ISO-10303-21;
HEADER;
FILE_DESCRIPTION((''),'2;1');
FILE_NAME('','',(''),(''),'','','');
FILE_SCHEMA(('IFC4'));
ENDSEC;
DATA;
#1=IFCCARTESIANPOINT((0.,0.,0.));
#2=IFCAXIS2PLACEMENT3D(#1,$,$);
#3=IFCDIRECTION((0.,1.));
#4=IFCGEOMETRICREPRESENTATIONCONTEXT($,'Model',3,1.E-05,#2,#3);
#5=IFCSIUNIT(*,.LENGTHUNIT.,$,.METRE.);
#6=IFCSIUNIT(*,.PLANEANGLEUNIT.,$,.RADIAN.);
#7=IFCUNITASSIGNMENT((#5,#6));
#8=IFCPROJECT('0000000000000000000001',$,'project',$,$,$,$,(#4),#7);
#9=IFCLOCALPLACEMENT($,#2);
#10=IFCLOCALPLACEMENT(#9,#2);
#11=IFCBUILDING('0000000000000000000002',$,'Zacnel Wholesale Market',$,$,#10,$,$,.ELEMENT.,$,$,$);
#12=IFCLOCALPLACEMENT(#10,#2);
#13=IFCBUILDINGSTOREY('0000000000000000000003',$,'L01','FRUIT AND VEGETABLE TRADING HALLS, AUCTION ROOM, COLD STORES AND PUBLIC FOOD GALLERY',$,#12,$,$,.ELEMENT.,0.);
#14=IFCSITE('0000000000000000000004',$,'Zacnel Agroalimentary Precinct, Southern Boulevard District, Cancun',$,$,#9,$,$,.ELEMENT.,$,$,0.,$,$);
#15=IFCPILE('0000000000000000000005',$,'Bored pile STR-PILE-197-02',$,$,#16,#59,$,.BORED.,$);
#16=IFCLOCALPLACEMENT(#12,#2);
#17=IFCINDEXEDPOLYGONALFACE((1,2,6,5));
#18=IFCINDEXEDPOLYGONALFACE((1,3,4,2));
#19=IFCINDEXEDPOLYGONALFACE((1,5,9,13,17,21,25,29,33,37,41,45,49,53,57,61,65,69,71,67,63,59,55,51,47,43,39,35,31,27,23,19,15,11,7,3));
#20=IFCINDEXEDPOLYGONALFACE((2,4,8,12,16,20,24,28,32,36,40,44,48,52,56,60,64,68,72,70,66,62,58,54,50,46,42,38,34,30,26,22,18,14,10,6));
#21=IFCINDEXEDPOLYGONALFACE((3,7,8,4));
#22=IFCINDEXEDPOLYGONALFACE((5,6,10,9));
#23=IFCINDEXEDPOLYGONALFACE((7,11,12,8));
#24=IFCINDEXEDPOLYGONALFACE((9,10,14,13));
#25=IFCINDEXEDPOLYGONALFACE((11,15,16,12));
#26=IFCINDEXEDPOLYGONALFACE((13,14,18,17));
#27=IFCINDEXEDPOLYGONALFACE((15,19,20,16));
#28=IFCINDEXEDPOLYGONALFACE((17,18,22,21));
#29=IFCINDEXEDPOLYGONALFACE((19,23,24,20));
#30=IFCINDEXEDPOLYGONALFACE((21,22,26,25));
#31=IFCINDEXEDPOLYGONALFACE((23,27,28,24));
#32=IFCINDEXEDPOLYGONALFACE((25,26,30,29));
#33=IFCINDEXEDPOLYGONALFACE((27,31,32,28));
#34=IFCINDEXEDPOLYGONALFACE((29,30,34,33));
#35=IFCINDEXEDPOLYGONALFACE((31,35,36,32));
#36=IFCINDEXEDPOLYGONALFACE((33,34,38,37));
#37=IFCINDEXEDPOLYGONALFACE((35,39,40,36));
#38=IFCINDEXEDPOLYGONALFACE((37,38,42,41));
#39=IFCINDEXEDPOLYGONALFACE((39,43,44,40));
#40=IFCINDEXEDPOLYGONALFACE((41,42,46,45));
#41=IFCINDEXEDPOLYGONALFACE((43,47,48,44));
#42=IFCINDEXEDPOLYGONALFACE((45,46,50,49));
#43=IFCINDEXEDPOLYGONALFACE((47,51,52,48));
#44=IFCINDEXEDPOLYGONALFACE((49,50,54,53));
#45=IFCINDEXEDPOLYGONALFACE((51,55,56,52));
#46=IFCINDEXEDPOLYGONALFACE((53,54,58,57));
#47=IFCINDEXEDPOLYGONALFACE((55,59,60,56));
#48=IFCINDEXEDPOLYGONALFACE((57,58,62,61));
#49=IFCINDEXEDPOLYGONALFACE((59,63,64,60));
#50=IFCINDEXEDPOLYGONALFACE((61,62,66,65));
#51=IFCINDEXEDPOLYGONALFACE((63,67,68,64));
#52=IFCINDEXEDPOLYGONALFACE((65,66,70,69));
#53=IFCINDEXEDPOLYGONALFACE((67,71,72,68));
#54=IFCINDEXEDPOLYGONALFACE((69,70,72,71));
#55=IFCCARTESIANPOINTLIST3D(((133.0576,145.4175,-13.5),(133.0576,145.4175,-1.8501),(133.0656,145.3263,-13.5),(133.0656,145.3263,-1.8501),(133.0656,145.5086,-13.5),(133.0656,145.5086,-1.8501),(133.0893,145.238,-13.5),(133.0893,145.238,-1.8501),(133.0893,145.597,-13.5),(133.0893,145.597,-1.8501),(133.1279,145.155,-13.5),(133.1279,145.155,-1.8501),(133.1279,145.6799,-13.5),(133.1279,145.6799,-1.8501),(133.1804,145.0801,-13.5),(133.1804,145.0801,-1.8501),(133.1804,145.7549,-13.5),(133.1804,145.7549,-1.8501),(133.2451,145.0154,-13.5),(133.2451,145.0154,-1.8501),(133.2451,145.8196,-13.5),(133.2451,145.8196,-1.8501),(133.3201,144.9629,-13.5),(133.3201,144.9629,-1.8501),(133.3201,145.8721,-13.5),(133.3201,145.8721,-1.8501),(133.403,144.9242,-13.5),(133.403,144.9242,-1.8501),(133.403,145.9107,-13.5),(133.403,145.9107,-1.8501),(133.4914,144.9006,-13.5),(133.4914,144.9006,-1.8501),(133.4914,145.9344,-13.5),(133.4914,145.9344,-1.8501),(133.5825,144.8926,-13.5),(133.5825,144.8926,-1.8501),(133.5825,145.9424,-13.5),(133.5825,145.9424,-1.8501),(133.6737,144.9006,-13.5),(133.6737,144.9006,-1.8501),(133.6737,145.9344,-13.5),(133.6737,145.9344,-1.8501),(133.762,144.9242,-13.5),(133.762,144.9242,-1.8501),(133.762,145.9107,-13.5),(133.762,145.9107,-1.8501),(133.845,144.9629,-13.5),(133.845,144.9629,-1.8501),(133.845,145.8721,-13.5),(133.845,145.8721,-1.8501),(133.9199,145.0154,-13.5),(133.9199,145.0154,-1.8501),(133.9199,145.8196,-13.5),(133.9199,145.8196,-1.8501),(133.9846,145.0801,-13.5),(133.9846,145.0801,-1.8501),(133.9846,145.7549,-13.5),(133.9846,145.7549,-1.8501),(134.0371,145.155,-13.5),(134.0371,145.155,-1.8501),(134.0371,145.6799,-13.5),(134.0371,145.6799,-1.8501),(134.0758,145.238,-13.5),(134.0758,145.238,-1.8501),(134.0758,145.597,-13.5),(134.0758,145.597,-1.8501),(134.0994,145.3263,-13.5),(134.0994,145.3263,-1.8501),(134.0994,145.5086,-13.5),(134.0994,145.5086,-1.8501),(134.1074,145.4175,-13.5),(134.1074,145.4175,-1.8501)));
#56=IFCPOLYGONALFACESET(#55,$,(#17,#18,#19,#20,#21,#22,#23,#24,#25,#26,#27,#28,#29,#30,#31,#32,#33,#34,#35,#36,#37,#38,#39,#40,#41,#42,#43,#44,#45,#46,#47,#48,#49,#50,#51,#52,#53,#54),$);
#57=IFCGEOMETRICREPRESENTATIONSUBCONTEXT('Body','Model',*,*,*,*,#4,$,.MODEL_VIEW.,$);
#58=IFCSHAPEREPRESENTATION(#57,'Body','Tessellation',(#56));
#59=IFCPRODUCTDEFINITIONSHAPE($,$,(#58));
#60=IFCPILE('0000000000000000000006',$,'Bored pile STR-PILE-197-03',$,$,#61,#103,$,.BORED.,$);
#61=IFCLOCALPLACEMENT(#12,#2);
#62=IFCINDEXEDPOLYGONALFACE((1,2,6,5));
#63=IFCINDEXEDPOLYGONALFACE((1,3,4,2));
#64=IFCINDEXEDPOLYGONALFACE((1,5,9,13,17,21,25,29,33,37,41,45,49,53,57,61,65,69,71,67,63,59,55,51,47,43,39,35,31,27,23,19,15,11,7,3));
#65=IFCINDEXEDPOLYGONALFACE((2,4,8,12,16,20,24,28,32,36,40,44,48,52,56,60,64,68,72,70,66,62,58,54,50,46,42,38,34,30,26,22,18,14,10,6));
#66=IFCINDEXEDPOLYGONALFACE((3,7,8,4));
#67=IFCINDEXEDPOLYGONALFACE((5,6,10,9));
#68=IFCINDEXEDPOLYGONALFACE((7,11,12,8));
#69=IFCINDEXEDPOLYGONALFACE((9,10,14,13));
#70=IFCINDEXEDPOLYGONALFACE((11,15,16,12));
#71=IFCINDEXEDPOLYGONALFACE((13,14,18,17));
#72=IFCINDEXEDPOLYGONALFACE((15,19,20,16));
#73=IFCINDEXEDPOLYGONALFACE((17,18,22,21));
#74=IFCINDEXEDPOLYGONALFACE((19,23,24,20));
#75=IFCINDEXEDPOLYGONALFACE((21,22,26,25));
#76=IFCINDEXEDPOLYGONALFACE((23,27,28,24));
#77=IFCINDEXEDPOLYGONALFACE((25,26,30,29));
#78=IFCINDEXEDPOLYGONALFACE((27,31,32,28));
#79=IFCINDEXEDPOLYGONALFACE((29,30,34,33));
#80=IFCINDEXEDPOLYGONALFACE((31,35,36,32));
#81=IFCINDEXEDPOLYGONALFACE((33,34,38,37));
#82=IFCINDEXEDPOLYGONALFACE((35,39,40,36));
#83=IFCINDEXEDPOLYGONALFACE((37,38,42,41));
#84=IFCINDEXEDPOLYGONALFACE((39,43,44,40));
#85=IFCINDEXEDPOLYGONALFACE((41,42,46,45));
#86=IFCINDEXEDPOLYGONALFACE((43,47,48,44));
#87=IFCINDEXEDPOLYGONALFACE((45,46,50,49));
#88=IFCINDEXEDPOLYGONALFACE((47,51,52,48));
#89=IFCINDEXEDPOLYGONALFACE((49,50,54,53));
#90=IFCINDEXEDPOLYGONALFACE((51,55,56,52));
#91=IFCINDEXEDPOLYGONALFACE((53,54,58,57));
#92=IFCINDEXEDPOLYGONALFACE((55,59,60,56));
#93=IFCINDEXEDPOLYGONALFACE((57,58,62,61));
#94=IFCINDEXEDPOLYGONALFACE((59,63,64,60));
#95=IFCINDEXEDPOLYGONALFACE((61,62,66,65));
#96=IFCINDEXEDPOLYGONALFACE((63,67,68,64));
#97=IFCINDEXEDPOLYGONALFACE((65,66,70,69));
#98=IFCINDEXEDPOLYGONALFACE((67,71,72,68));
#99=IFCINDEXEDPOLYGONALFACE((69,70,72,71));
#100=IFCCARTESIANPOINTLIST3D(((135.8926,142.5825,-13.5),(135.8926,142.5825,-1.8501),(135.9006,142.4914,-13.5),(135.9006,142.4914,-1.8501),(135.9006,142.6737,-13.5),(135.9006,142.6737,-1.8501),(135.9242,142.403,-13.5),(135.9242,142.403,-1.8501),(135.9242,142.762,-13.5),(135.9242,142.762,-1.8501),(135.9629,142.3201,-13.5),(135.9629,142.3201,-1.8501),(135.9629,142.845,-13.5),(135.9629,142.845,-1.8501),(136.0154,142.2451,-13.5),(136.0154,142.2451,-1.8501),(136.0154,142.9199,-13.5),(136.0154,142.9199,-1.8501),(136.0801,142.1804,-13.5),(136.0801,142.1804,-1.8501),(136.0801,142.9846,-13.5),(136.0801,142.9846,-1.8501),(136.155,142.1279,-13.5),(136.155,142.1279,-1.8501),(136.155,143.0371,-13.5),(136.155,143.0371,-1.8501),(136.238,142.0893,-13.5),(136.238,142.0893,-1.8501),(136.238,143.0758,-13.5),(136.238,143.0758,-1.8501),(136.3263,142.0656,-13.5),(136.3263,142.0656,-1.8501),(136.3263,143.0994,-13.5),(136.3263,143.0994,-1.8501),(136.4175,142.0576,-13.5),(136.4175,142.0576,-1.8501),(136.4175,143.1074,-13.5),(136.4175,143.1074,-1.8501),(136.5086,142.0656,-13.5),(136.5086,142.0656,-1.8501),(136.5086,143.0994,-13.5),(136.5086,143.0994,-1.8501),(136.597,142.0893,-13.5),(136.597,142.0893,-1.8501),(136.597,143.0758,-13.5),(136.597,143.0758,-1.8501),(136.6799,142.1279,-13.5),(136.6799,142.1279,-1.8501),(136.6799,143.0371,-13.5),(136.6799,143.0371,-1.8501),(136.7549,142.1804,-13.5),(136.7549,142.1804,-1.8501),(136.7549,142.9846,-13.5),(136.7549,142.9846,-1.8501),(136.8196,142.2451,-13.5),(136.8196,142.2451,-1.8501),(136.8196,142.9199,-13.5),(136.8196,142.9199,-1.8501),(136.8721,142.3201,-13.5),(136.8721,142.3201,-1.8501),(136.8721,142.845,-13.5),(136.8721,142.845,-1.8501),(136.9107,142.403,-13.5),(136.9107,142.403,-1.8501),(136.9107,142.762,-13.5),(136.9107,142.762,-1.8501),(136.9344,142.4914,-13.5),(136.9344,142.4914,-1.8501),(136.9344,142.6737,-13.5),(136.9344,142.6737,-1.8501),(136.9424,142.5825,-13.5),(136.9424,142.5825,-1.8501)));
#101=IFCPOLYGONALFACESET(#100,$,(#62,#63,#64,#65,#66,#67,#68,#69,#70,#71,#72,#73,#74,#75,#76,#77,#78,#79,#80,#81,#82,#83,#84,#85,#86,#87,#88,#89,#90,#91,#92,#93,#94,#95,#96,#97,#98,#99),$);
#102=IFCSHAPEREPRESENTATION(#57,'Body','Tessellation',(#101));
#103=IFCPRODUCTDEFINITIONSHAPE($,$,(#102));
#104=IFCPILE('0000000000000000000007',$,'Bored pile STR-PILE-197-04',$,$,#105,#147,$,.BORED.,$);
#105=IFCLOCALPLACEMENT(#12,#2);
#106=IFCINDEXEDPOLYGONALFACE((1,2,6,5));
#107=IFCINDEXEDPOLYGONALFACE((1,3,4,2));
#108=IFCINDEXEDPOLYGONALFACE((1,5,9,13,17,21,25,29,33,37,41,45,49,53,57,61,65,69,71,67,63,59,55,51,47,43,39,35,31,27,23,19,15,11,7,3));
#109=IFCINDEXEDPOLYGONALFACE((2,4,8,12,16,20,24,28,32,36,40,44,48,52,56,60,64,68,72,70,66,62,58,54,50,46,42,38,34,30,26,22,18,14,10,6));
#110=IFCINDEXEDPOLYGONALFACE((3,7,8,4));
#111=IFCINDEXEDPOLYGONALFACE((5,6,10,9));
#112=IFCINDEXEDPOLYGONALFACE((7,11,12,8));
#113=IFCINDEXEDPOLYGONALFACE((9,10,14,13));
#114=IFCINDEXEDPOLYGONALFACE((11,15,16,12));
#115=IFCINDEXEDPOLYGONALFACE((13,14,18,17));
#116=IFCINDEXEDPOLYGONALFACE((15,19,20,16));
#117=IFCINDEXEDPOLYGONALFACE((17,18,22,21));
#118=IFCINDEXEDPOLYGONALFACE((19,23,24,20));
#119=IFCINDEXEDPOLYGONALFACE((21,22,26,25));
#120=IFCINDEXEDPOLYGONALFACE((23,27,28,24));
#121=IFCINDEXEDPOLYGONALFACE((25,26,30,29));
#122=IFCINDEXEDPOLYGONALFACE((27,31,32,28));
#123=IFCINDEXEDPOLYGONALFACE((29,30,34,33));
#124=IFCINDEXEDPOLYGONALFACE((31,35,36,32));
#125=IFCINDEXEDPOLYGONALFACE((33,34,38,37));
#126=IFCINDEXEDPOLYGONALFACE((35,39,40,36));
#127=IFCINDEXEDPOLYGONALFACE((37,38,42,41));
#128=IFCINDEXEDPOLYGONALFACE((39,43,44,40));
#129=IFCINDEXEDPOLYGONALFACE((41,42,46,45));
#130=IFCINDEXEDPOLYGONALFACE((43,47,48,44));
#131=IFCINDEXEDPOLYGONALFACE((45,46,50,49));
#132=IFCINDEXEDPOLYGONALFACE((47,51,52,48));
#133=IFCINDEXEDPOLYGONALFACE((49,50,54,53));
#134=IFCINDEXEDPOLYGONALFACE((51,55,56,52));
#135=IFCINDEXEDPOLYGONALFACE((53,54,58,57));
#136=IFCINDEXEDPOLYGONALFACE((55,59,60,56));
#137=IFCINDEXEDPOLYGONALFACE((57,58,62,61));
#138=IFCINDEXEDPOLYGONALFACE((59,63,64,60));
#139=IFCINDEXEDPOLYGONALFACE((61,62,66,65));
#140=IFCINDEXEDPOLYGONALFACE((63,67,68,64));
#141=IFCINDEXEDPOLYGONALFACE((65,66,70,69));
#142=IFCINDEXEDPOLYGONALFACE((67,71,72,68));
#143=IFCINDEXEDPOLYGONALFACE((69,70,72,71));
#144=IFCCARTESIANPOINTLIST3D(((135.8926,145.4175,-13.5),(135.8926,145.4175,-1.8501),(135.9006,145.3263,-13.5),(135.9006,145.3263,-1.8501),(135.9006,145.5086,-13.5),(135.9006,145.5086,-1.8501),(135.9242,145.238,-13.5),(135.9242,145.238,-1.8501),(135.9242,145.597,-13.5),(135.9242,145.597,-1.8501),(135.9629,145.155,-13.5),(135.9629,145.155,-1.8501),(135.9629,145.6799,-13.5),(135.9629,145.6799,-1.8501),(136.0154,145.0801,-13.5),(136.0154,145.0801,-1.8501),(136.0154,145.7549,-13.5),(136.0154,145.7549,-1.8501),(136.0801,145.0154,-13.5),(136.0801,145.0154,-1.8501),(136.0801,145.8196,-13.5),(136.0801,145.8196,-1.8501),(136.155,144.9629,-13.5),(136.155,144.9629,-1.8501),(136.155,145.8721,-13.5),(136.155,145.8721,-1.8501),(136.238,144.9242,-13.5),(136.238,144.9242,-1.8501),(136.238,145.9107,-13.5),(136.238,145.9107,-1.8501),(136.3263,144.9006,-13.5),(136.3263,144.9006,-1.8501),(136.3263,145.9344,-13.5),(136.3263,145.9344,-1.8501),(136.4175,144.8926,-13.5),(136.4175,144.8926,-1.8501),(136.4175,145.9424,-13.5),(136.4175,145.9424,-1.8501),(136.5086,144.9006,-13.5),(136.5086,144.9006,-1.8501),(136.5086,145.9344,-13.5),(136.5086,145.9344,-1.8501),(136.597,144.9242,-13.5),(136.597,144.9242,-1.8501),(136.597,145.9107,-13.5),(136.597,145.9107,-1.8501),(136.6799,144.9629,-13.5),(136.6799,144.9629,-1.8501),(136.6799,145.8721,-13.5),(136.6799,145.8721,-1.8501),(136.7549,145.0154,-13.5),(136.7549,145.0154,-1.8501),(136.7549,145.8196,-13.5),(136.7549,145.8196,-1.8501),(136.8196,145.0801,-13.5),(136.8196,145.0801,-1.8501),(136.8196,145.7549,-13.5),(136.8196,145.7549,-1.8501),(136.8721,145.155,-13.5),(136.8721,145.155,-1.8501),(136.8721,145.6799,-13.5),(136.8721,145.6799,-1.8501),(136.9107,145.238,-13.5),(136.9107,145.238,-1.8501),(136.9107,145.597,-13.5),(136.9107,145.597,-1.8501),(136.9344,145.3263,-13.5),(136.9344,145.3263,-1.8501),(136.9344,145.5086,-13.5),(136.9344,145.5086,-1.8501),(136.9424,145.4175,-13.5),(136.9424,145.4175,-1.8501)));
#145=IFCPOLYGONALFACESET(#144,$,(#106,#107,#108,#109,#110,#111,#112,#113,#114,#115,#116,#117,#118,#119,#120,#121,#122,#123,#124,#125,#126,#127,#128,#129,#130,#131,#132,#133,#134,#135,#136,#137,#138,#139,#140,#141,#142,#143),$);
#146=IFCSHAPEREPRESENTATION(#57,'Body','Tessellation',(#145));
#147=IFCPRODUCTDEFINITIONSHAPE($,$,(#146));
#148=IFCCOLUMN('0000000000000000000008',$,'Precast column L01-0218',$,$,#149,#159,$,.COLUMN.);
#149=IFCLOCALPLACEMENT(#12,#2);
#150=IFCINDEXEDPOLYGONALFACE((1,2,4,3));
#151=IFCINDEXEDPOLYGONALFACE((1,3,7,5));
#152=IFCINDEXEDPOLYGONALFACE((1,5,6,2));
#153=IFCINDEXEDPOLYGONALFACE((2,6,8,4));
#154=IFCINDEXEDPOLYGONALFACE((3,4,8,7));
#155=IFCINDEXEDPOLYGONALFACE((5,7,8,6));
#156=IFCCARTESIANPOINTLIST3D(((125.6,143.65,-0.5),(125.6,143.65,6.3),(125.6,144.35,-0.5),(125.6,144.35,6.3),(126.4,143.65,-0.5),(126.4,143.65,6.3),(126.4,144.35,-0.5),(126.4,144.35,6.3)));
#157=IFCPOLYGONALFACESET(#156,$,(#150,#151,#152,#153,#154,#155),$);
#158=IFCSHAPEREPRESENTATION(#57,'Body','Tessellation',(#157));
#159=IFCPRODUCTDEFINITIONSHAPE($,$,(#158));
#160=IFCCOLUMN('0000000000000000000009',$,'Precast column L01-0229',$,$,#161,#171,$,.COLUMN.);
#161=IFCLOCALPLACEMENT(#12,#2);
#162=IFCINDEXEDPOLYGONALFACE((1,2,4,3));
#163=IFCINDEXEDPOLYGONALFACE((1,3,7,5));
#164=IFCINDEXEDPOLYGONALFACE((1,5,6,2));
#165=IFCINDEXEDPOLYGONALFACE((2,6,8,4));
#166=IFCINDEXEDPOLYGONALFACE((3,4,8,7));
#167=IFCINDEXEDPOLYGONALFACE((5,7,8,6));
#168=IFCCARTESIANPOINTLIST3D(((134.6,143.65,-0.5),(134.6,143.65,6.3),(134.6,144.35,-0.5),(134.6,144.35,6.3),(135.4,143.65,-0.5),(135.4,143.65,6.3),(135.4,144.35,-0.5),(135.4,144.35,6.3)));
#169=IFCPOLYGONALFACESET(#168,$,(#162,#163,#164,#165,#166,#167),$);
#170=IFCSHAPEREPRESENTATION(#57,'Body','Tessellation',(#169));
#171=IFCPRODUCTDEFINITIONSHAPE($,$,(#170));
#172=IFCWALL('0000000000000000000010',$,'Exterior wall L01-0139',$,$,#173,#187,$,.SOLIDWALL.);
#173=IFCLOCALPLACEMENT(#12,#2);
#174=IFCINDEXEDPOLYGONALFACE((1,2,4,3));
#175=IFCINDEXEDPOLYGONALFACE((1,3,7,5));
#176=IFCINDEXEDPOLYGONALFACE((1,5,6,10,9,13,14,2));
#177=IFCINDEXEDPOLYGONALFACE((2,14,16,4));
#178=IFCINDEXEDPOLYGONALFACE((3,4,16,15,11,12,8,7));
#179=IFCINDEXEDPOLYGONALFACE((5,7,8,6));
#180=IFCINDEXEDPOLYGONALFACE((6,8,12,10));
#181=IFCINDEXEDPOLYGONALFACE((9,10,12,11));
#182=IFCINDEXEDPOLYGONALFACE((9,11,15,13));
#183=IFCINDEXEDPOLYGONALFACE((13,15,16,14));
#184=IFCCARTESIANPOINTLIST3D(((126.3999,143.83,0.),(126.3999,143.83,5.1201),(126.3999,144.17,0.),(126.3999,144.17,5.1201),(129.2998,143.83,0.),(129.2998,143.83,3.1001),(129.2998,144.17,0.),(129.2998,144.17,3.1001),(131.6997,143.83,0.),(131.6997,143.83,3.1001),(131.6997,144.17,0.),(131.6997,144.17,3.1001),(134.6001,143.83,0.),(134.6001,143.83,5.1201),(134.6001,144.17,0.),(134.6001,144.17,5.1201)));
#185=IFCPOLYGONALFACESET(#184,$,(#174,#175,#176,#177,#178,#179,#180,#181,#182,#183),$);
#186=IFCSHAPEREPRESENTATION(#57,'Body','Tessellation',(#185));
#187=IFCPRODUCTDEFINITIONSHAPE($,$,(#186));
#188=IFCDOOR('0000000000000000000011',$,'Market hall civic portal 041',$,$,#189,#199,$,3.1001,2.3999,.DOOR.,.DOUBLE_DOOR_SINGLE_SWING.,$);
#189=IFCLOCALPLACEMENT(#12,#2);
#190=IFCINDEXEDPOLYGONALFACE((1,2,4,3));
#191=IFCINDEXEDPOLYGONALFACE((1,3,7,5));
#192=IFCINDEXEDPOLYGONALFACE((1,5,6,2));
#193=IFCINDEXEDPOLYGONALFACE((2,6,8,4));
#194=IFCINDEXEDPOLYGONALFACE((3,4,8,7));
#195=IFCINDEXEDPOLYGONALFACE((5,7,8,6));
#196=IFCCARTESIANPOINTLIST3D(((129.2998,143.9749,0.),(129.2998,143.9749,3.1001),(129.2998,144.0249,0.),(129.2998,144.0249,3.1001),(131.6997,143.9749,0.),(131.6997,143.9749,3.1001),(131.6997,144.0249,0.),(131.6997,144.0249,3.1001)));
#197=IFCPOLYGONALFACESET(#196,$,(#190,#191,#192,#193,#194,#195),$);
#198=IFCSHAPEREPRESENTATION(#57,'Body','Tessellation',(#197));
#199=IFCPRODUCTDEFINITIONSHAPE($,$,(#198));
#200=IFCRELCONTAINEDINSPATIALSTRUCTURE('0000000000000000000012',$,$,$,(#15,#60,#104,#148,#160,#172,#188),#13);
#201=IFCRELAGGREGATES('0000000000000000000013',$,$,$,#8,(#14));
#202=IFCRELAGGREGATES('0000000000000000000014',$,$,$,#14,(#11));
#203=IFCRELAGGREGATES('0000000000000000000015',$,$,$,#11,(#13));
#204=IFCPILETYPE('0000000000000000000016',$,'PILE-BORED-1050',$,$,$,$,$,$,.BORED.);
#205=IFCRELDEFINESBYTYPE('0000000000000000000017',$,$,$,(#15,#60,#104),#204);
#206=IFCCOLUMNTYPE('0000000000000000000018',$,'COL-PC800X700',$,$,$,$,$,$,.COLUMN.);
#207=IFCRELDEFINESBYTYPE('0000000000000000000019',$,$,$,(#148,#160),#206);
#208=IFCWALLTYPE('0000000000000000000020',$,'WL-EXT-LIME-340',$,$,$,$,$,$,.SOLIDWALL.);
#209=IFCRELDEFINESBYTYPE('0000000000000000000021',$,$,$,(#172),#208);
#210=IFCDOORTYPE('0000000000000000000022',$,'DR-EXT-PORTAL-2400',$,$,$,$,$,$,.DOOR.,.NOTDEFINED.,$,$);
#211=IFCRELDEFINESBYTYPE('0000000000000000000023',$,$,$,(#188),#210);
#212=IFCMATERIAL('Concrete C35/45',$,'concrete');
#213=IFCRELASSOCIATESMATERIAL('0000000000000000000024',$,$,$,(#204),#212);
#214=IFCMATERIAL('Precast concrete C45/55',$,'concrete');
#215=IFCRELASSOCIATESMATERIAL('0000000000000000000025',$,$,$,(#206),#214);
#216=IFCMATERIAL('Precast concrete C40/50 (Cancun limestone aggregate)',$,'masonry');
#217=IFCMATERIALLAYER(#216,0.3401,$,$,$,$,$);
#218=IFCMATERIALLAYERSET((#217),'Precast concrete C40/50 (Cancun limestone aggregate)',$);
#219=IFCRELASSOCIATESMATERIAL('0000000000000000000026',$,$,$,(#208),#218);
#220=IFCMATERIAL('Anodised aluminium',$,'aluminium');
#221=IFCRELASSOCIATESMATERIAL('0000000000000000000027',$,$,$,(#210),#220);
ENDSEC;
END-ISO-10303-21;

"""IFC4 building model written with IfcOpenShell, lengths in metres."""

from ifc_helpers import new_model, si_unit, direction, frame, frame_2d, origin, origin_2d, place, context, subcontext, project, spatial, rectangle, circle, extrude, material, layer, layer_set, material_profile, profile_set, type_object, element, fill, save


model = new_model("IFC4")

# Units and contexts
model_context = context("Model", 3, precision=1e-05, world=origin(), true_north=direction((0.0, 1.0)))
body_context = subcontext(model_context, "Body", "Model", "MODEL_VIEW")
ifc_project = project(units=[si_unit("LENGTHUNIT", "METRE"), si_unit("PLANEANGLEUNIT", "RADIAN")], contexts=[model_context])

# Site, building, storey
site_placement = place(None, origin())
site = spatial("IfcSite", under=ifc_project, at=site_placement, Name="Zacnel Agroalimentary Precinct, Southern Boulevard District, Cancun", CompositionType="ELEMENT", RefElevation=0.0)
building_placement = place(site_placement, origin())
building = spatial("IfcBuilding", under=site, at=building_placement, Name="Zacnel Wholesale Market", CompositionType="ELEMENT")
storey_placement = place(building_placement, origin())
storey = spatial("IfcBuildingStorey", under=building, at=storey_placement, Name="L01", Description="FRUIT AND VEGETABLE TRADING HALLS, AUCTION ROOM, COLD STORES AND PUBLIC FOOD GALLERY", CompositionType="ELEMENT", Elevation=0.0)

# Piles
ifc_material_1 = material(Name="Concrete C35/45", Category="concrete")
ifc_material_profile_1 = material_profile(ifc_material_1, circle(Radius=0.5249, at=origin_2d()), Name="BORED PILE D1050")
ifc_profile_set_1 = profile_set([ifc_material_profile_1], Name="Concrete C35/45")
pile_type = type_object("IfcPileType", Name="PILE-BORED-1050", PredefinedType="BORED", material=ifc_profile_set_1)
for number, where, z_axis, x_axis, name in (
    (1, (133.5825, 145.4175, -1.8501), (0.0, 0.0, -1.0), (1.0, 0.0, 0.0), "Bored pile STR-PILE-197-02"),
    (2, (136.4175, 142.5825, -1.8501), (0.0, 0.0, -1.0), (1.0, 0.0, 0.0), "Bored pile STR-PILE-197-03"),
    (3, (136.4175, 145.4175, -1.8501), (0.0, 0.0, -1.0), (1.0, 0.0, 0.0), "Bored pile STR-PILE-197-04"),
):
    element("IfcPile", number, at=place(storey_placement, frame(where, z_axis=z_axis, x_axis=x_axis)), inside=storey, type_object=pile_type, Name=name, PredefinedType="BORED", context=body_context, shape_type="SweptSolid", body=[
        extrude(circle(Radius=0.5249, at=origin_2d()), origin(), (0.0, 0.0, 1.0), 11.6499),
    ])

# Columns
ifc_material_2 = material(Name="Precast concrete C45/55", Category="concrete")
ifc_material_profile_2 = material_profile(ifc_material_2, rectangle(XDim=0.8, YDim=0.7, at=origin_2d()), Name="PC 800x700")
ifc_profile_set_2 = profile_set([ifc_material_profile_2], Name="Precast concrete C45/55")
column_type = type_object("IfcColumnType", Name="COL-PC800X700", PredefinedType="COLUMN", material=ifc_profile_set_2)
for number, where, z_axis, x_axis, name in (
    (4, (126.0, 144.0, -0.5), (0.0, 0.0, 1.0), (1.0, 0.0, 0.0), "Precast column L01-0218"),
    (5, (135.0, 144.0, -0.5), (0.0, 0.0, 1.0), (1.0, 0.0, 0.0), "Precast column L01-0229"),
):
    element("IfcColumn", number, at=place(storey_placement, frame(where, z_axis=z_axis, x_axis=x_axis)), inside=storey, type_object=column_type, Name=name, PredefinedType="COLUMN", context=body_context, shape_type="SweptSolid", body=[
        extrude(rectangle(XDim=0.8, YDim=0.7, at=origin_2d()), origin(), (0.0, 0.0, 1.0), 6.8),
    ])

# Wall, opening, door
ifc_material_3 = material(Name="Precast concrete C40/50 (Cancun limestone aggregate)", Category="masonry")
ifc_layer_1 = layer(ifc_material_3, 0.3401)
ifc_layer_set_1 = layer_set([ifc_layer_1], Name="Precast concrete C40/50 (Cancun limestone aggregate)")
wall_type = type_object("IfcWallType", Name="WL-EXT-LIME-340", PredefinedType="SOLIDWALL", material=ifc_layer_set_1)
wall_1_placement = place(storey_placement, frame((126.3999, 144.0, 0.0), z_axis=(0.0, 0.0, 1.0), x_axis=(1.0, 0.0, 0.0)))
wall_1 = element("IfcWall", 6, at=wall_1_placement, inside=storey, type_object=wall_type, Name="Exterior wall L01-0139", PredefinedType="SOLIDWALL", context=body_context, shape_type="SweptSolid", body=[
    extrude(rectangle(XDim=8.2002, YDim=0.3401, at=frame_2d((4.1001, 0.0))), origin(), (0.0, 0.0, 1.0), 5.1201),
])
opening_1_placement = place(wall_1_placement, frame((2.8999, 0.0, 0.0)))
opening_1 = element("IfcOpeningElement", 7, at=opening_1_placement, cuts=wall_1, PredefinedType="OPENING", context=body_context, shape_type="SweptSolid", body=[
    extrude(rectangle(XDim=2.3999, YDim=3.1001, at=frame_2d((1.2, 1.55))), frame((0.0, 0.1799, 0.0), z_axis=(0.0, -1.0, 0.0), x_axis=(1.0, 0.0, 0.0)), (0.0, 0.0, 1.0), 0.3601),
])
ifc_material_4 = material(Name="Anodised aluminium", Category="aluminium")
door_type = type_object("IfcDoorType", Name="DR-EXT-PORTAL-2400", OperationType="NOTDEFINED", PredefinedType="DOOR", material=ifc_material_4)
door_placement = place(opening_1_placement, origin())
door = element("IfcDoor", 8, at=door_placement, inside=storey, type_object=door_type, Name="Market hall civic portal 041", OperationType="DOUBLE_DOOR_SINGLE_SWING", OverallHeight=3.1001, OverallWidth=2.3999, PredefinedType="DOOR", context=body_context, shape_type="SweptSolid", body=[
    extrude(rectangle(XDim=2.3999, YDim=3.1001, at=frame_2d((1.2, 1.55))), frame((0.0, 0.0249, 0.0), z_axis=(0.0, -1.0, 0.0), x_axis=(1.0, 0.0, 0.0)), (0.0, 0.0, 1.0), 0.05),
])
fill(opening_1, door)

save(model, "model.ifc")
